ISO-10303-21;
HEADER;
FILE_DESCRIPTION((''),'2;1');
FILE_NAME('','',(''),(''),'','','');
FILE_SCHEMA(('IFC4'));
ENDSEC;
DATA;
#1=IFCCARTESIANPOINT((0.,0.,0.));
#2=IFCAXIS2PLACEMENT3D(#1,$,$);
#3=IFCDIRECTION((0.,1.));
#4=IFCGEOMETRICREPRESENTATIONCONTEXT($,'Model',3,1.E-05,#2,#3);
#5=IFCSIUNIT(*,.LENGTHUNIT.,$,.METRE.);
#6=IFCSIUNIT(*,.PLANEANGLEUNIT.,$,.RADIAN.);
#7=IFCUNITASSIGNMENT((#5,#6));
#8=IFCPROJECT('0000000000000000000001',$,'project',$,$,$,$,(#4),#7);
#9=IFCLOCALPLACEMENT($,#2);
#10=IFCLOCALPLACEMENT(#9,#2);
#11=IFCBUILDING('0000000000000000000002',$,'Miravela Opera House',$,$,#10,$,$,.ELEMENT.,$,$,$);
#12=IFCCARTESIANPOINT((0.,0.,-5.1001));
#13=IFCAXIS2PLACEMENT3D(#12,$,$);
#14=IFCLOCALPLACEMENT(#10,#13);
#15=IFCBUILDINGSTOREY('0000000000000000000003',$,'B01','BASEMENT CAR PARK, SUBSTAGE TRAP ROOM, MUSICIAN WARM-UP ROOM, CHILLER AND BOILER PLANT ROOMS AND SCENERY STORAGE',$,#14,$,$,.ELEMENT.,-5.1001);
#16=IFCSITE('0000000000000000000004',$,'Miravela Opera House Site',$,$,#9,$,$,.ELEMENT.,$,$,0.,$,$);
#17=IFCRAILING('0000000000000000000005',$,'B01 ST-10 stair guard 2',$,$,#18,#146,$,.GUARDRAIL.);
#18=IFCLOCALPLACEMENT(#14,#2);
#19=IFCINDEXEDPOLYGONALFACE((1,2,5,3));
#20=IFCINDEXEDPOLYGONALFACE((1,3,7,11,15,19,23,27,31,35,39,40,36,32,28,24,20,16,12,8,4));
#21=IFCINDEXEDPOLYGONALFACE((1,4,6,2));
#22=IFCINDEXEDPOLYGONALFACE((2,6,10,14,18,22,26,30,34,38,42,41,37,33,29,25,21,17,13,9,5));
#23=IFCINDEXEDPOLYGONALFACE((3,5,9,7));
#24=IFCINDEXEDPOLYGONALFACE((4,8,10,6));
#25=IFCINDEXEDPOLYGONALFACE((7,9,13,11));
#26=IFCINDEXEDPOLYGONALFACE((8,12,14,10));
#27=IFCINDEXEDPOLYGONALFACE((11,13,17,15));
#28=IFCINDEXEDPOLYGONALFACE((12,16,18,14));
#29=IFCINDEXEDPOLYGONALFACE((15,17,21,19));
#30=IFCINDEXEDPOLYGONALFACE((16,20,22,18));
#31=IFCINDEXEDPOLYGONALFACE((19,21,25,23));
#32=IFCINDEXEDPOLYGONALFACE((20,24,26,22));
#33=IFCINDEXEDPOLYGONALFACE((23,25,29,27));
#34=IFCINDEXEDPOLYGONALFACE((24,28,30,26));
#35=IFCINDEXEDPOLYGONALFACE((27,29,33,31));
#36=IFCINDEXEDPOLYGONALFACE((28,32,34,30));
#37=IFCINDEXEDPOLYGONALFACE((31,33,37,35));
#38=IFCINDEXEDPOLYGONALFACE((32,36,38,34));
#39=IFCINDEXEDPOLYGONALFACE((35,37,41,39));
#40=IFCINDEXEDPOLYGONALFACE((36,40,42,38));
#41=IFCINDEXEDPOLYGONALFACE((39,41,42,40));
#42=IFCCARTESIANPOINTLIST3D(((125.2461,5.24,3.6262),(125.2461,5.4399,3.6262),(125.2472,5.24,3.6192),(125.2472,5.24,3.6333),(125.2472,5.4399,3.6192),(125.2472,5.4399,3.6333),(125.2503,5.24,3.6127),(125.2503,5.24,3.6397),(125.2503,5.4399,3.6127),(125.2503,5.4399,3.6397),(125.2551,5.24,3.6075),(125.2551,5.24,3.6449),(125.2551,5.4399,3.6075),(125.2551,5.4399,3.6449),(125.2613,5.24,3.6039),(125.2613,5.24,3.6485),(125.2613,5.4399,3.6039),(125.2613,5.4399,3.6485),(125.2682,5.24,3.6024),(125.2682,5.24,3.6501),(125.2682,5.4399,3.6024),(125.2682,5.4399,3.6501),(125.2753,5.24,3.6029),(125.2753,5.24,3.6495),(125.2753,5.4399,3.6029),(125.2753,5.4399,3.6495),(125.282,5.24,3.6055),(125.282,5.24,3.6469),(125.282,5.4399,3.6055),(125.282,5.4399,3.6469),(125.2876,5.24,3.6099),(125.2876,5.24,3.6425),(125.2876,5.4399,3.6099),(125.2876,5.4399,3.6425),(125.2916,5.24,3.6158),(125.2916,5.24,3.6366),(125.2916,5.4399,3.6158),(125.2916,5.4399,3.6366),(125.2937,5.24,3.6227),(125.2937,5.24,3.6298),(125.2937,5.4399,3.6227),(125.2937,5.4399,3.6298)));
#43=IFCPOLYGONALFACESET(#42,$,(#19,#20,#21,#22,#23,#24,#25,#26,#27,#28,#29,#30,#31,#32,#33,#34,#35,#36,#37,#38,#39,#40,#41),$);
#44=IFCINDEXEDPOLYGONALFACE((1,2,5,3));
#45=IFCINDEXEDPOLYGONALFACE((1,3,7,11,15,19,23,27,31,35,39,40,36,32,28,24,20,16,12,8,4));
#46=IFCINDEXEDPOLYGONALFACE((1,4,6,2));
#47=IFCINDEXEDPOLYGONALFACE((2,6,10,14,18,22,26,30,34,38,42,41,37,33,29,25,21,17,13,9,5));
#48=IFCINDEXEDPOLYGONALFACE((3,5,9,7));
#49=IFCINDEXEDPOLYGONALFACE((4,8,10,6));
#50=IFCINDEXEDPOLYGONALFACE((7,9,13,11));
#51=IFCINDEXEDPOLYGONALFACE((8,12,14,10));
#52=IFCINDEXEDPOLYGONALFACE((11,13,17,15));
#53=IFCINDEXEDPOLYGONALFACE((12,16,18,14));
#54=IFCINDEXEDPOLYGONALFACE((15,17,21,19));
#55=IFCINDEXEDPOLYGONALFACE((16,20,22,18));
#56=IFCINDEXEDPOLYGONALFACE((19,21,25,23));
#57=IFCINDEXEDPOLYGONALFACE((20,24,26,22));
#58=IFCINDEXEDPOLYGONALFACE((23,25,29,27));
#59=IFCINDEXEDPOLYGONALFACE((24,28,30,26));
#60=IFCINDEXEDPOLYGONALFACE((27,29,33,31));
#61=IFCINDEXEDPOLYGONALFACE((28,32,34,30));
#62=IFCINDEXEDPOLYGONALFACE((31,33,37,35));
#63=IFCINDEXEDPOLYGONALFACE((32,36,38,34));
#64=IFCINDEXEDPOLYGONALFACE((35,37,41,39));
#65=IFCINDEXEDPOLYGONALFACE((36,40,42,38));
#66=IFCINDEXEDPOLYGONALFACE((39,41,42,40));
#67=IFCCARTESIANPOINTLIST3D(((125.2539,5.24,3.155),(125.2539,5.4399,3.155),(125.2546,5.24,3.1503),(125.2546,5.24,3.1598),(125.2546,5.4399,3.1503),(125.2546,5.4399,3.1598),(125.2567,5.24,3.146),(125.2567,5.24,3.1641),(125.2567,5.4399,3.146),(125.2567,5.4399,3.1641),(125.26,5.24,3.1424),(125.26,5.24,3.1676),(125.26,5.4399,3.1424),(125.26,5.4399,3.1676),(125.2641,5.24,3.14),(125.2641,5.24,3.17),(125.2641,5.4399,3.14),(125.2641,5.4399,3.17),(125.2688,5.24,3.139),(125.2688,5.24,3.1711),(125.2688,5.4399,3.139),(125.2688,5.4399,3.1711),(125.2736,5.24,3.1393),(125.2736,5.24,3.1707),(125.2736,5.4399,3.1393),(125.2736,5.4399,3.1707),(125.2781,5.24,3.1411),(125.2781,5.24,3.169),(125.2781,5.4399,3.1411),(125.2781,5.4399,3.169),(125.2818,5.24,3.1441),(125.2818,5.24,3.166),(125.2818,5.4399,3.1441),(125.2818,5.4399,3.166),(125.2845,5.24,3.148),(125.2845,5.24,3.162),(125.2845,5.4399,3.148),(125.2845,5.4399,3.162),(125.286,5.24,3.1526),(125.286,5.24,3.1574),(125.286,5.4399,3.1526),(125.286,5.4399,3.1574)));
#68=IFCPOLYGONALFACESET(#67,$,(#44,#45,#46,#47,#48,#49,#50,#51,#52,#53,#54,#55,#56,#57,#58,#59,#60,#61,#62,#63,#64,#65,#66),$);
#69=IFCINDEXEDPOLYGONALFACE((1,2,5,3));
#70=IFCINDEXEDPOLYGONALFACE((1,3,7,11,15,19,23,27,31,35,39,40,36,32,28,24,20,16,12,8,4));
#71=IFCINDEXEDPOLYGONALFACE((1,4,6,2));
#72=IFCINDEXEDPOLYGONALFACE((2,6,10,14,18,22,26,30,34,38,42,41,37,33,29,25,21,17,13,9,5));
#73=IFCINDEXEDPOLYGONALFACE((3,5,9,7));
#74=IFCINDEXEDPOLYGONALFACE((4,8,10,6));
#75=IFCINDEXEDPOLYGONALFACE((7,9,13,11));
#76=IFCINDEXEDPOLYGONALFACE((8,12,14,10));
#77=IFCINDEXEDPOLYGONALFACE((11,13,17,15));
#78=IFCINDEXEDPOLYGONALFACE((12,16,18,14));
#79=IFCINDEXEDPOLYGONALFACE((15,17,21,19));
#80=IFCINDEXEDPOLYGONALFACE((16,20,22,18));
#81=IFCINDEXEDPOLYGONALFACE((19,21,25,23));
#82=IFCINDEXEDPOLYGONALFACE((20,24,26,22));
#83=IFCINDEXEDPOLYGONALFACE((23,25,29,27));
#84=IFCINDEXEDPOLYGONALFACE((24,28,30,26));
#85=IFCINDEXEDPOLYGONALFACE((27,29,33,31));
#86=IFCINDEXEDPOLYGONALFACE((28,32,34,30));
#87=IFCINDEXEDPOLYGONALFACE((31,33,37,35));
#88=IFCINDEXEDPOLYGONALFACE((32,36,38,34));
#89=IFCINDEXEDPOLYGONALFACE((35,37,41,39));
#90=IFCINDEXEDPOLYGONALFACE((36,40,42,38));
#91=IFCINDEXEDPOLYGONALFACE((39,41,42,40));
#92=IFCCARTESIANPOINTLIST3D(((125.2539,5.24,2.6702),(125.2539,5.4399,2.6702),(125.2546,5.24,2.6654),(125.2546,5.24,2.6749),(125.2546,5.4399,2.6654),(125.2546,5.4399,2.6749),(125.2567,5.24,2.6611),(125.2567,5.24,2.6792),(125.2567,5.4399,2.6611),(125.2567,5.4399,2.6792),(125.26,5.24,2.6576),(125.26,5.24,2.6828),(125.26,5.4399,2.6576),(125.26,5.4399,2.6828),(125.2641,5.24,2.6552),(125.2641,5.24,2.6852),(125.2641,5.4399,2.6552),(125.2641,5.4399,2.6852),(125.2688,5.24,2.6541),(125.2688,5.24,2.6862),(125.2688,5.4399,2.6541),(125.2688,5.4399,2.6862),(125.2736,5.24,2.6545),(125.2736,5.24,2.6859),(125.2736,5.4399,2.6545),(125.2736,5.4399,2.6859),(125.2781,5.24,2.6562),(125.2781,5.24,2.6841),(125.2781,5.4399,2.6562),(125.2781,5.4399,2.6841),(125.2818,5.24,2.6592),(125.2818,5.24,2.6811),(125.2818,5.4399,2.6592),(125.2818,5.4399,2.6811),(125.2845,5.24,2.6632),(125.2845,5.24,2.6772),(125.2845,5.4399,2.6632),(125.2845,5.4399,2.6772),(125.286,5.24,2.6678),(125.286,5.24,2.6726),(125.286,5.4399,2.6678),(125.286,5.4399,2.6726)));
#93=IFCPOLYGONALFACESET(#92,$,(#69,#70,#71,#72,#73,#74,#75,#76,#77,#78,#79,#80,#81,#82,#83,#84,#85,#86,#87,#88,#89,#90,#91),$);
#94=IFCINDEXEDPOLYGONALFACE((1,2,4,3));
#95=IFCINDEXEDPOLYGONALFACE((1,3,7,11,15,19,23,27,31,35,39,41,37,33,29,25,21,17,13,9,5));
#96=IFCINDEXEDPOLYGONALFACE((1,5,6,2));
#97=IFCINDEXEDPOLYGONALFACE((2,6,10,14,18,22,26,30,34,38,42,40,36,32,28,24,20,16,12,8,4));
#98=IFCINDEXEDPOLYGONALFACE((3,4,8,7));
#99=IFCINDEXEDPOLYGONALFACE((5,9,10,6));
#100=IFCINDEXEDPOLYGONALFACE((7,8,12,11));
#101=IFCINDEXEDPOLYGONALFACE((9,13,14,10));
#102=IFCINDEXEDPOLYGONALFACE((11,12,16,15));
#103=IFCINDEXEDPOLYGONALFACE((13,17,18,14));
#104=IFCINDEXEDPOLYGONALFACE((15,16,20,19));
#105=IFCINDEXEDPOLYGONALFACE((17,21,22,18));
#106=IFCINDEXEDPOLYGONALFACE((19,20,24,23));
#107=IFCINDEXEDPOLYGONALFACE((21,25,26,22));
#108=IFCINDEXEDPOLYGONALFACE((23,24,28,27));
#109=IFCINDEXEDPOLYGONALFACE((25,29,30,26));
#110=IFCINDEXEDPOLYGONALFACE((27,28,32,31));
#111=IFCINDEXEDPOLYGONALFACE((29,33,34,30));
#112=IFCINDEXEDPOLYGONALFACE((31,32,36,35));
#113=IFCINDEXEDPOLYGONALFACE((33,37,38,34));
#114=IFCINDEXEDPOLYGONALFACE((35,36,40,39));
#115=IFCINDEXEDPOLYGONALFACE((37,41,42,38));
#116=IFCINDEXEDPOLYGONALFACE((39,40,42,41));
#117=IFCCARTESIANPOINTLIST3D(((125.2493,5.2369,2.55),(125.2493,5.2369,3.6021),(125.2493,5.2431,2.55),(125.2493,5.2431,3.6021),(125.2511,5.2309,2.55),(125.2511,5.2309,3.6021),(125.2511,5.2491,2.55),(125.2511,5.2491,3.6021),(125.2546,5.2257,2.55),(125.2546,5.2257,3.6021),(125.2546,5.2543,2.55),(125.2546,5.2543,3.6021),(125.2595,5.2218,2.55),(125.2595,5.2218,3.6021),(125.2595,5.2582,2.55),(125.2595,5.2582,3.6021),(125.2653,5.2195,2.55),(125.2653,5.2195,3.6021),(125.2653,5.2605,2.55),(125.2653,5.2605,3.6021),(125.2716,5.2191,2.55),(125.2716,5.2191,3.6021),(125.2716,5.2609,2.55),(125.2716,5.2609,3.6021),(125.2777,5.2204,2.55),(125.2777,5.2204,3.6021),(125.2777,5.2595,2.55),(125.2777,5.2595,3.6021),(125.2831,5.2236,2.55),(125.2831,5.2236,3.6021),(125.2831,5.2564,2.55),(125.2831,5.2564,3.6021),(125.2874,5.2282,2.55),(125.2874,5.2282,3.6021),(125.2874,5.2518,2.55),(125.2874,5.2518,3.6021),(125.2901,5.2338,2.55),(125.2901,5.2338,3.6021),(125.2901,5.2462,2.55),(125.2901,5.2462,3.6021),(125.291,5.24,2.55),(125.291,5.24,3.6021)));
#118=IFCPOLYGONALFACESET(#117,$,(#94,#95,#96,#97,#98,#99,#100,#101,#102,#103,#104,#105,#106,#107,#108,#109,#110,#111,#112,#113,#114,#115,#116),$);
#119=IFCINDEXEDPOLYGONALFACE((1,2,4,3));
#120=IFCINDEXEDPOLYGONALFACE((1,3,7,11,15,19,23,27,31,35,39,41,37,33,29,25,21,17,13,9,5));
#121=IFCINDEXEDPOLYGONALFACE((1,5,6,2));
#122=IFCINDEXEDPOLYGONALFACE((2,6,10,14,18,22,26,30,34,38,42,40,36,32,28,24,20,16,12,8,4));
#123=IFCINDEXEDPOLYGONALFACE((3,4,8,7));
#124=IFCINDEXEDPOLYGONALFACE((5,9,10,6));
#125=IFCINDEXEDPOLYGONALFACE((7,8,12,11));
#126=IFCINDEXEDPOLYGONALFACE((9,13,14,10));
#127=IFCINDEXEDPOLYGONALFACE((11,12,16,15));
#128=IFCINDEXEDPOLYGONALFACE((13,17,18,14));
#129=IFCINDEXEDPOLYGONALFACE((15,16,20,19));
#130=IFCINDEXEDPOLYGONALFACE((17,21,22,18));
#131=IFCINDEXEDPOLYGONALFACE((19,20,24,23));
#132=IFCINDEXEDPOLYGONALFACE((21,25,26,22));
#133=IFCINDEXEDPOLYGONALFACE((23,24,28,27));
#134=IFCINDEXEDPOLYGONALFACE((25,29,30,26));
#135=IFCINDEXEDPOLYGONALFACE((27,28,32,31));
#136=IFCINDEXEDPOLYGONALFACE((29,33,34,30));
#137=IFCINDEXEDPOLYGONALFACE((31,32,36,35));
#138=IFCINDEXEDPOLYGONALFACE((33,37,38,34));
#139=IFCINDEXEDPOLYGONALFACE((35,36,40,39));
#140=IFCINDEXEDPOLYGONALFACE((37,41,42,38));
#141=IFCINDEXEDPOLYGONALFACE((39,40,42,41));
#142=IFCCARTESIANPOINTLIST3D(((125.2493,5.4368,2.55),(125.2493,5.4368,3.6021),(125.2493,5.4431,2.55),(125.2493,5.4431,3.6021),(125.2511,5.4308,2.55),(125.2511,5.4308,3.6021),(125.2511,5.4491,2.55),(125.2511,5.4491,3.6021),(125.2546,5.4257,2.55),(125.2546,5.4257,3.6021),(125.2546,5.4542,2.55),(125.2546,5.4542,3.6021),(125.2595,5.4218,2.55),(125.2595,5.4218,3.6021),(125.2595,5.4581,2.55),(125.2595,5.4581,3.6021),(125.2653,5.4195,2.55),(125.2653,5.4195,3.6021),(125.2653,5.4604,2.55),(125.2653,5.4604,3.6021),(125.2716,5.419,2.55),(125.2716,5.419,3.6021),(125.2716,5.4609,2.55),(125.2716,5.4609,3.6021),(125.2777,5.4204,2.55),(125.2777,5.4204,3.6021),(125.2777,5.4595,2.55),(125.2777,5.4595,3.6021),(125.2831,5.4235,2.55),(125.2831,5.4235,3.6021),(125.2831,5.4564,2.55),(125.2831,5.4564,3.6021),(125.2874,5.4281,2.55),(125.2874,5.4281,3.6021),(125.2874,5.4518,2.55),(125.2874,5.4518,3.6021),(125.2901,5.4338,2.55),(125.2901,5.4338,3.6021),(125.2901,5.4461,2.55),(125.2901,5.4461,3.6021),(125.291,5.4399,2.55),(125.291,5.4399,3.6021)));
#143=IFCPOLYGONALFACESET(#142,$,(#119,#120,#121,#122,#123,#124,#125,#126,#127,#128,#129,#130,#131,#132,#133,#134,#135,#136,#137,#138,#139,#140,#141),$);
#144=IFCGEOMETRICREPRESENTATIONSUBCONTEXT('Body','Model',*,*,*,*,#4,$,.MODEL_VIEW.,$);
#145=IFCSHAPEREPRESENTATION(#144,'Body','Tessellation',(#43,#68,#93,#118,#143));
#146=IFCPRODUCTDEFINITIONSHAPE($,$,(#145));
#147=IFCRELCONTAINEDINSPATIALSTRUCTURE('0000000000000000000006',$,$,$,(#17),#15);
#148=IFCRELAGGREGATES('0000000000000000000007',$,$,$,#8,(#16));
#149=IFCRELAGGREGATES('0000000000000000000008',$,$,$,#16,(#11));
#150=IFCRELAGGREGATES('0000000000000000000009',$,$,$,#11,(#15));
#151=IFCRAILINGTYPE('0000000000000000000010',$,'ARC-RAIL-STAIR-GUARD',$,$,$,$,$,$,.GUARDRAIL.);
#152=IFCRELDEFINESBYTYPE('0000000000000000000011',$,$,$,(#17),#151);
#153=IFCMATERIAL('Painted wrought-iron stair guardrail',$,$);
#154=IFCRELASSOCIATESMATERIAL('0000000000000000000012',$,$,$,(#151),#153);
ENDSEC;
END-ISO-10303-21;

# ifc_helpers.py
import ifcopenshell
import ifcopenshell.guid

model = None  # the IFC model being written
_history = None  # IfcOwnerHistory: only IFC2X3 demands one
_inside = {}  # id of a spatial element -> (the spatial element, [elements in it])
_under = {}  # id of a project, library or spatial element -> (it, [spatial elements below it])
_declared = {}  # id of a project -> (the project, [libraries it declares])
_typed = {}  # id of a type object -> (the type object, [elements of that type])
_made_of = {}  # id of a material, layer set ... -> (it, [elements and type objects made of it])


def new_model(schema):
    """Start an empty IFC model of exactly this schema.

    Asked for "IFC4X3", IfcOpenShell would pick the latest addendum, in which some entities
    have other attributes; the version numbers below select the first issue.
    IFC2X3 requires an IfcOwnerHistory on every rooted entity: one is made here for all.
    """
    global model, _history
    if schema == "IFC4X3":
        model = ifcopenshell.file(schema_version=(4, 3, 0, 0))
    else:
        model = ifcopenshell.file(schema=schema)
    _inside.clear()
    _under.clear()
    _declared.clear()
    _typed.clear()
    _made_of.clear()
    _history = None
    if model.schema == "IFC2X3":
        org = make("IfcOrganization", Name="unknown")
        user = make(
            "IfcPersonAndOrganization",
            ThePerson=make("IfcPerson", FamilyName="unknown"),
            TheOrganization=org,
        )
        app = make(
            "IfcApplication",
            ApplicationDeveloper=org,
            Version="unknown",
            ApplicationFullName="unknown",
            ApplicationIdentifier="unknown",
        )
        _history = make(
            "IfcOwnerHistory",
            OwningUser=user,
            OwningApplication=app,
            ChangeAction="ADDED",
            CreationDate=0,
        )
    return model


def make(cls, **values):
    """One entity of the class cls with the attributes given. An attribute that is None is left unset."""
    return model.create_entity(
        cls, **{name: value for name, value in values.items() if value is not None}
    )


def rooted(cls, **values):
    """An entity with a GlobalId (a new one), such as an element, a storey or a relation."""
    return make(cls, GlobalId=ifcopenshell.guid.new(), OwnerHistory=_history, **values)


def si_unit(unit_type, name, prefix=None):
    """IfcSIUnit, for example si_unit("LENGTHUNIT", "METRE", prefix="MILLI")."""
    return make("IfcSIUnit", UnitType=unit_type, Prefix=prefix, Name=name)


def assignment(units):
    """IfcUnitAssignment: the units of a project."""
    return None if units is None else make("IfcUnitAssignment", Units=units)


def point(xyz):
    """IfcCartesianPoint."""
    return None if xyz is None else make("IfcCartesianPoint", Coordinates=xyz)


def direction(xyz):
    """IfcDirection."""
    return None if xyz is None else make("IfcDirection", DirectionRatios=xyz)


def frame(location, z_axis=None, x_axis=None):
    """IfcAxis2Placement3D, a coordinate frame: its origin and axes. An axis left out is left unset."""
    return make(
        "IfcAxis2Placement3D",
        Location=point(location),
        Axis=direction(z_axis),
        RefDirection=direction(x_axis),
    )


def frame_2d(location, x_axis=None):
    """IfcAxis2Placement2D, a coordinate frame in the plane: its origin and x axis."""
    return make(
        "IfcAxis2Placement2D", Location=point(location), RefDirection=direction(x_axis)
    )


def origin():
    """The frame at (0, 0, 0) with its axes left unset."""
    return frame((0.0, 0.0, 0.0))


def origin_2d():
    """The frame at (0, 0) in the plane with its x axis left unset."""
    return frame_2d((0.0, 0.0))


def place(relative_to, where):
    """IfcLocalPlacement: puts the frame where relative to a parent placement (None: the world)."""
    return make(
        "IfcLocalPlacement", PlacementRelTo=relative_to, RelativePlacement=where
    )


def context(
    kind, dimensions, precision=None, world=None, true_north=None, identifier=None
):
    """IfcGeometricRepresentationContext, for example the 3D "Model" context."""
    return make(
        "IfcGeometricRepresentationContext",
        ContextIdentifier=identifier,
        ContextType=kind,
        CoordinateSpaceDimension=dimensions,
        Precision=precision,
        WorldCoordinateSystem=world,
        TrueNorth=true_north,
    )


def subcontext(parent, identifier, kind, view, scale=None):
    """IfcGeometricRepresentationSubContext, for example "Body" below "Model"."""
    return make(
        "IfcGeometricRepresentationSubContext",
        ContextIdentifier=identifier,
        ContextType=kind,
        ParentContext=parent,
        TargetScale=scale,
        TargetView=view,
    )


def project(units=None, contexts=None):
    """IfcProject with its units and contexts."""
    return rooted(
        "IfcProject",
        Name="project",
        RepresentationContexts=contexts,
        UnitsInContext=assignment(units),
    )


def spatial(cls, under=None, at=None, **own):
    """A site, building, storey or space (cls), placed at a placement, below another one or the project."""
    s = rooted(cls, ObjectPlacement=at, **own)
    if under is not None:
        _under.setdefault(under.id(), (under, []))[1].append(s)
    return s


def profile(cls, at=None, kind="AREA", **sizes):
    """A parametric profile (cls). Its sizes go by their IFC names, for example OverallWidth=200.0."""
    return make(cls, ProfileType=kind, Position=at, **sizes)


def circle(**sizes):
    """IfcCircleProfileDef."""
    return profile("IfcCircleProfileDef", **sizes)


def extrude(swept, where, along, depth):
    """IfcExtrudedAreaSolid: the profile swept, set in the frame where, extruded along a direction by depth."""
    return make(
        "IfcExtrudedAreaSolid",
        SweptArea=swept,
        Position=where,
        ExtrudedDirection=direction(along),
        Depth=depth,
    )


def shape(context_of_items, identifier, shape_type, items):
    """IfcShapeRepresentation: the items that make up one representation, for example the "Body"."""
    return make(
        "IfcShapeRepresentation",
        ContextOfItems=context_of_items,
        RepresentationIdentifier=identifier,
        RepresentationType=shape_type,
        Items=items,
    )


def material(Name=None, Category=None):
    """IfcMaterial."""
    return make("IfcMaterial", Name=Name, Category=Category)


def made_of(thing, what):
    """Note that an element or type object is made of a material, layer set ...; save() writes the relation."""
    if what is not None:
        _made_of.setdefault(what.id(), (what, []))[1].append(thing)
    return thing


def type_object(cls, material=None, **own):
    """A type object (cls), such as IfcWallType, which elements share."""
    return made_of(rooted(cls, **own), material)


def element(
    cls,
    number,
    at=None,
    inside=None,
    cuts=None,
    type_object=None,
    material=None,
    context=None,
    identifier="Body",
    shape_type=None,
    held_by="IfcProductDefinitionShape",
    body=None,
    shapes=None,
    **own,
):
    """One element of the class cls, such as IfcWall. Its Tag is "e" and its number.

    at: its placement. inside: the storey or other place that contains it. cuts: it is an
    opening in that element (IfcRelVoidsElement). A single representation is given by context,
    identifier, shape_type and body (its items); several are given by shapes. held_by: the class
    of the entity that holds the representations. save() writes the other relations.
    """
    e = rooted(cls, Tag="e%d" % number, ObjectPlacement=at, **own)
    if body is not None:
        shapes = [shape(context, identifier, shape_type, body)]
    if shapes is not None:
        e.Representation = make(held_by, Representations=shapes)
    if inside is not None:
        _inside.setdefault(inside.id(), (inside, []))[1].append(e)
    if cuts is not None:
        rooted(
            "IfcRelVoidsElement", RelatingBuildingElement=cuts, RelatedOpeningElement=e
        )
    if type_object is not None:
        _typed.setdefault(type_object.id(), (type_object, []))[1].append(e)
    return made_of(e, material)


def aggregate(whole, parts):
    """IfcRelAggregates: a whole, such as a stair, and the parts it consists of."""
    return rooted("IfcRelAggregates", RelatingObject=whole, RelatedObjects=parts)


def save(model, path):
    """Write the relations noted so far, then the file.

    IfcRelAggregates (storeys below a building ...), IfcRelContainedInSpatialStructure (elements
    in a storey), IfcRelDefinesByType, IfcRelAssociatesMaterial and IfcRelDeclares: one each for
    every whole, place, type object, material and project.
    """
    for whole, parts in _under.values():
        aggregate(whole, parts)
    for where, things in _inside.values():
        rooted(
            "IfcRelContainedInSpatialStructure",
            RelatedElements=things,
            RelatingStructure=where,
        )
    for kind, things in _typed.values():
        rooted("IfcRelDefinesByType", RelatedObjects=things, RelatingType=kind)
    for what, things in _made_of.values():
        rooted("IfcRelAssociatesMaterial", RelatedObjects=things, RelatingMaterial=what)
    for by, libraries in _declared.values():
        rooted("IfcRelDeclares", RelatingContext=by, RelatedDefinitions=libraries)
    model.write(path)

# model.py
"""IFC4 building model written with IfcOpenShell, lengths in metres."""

from ifc_helpers import new_model, si_unit, direction, frame, origin, origin_2d, place, context, subcontext, project, spatial, circle, extrude, material, type_object, element, save


model = new_model("IFC4")

# Units and contexts
model_context = context("Model", 3, precision=1e-05, world=origin(), true_north=direction((0.0, 1.0)))
body_context = subcontext(model_context, "Body", "Model", "MODEL_VIEW")
ifc_project = project(units=[si_unit("LENGTHUNIT", "METRE"), si_unit("PLANEANGLEUNIT", "RADIAN")], contexts=[model_context])

# Site, building, storey
site_placement = place(None, origin())
site = spatial("IfcSite", under=ifc_project, at=site_placement, Name="Miravela Opera House Site", CompositionType="ELEMENT", RefElevation=0.0)
building_placement = place(site_placement, origin())
building = spatial("IfcBuilding", under=site, at=building_placement, Name="Miravela Opera House", CompositionType="ELEMENT")
storey_placement = place(building_placement, frame((0.0, 0.0, -5.1001)))
storey = spatial("IfcBuildingStorey", under=building, at=storey_placement, Name="B01", Description="BASEMENT CAR PARK, SUBSTAGE TRAP ROOM, MUSICIAN WARM-UP ROOM, CHILLER AND BOILER PLANT ROOMS AND SCENERY STORAGE", CompositionType="ELEMENT", Elevation=-5.1001)

# Railing
ifc_material_1 = material(Name="Painted wrought-iron stair guardrail")
railing_type_1 = type_object("IfcRailingType", Name="ARC-RAIL-STAIR-GUARD", PredefinedType="GUARDRAIL", material=ifc_material_1)
railing_1_placement = place(storey_placement, frame((125.27, 5.24, 2.55)))
element("IfcRailing", 1, at=railing_1_placement, inside=storey, type_object=railing_type_1, Name="B01 ST-10 stair guard 2", PredefinedType="GUARDRAIL", context=body_context, shape_type="SweptSolid", body=[
    extrude(circle(Radius=0.0239, at=origin_2d()), frame((0.0, 0.0, 1.0762), z_axis=(0.0, 1.0, 0.0), x_axis=(-1.0, 0.0, 0.0)), (0.0, 0.0, 1.0), 0.2),
    extrude(circle(Radius=0.0161, at=origin_2d()), frame((0.0, 0.0, 0.605), z_axis=(0.0, 1.0, 0.0), x_axis=(-1.0, 0.0, 0.0)), (0.0, 0.0, 1.0), 0.2),
    extrude(circle(Radius=0.0161, at=origin_2d()), frame((0.0, 0.0, 0.1201), z_axis=(0.0, 1.0, 0.0), x_axis=(-1.0, 0.0, 0.0)), (0.0, 0.0, 1.0), 0.2),
    extrude(circle(Radius=0.021, at=origin_2d()), origin(), (0.0, 0.0, 1.0), 1.052),
    extrude(circle(Radius=0.021, at=origin_2d()), frame((0.0, 0.2, 0.0)), (0.0, 0.0, 1.0), 1.052),
])

save(model, "model.ifc")
